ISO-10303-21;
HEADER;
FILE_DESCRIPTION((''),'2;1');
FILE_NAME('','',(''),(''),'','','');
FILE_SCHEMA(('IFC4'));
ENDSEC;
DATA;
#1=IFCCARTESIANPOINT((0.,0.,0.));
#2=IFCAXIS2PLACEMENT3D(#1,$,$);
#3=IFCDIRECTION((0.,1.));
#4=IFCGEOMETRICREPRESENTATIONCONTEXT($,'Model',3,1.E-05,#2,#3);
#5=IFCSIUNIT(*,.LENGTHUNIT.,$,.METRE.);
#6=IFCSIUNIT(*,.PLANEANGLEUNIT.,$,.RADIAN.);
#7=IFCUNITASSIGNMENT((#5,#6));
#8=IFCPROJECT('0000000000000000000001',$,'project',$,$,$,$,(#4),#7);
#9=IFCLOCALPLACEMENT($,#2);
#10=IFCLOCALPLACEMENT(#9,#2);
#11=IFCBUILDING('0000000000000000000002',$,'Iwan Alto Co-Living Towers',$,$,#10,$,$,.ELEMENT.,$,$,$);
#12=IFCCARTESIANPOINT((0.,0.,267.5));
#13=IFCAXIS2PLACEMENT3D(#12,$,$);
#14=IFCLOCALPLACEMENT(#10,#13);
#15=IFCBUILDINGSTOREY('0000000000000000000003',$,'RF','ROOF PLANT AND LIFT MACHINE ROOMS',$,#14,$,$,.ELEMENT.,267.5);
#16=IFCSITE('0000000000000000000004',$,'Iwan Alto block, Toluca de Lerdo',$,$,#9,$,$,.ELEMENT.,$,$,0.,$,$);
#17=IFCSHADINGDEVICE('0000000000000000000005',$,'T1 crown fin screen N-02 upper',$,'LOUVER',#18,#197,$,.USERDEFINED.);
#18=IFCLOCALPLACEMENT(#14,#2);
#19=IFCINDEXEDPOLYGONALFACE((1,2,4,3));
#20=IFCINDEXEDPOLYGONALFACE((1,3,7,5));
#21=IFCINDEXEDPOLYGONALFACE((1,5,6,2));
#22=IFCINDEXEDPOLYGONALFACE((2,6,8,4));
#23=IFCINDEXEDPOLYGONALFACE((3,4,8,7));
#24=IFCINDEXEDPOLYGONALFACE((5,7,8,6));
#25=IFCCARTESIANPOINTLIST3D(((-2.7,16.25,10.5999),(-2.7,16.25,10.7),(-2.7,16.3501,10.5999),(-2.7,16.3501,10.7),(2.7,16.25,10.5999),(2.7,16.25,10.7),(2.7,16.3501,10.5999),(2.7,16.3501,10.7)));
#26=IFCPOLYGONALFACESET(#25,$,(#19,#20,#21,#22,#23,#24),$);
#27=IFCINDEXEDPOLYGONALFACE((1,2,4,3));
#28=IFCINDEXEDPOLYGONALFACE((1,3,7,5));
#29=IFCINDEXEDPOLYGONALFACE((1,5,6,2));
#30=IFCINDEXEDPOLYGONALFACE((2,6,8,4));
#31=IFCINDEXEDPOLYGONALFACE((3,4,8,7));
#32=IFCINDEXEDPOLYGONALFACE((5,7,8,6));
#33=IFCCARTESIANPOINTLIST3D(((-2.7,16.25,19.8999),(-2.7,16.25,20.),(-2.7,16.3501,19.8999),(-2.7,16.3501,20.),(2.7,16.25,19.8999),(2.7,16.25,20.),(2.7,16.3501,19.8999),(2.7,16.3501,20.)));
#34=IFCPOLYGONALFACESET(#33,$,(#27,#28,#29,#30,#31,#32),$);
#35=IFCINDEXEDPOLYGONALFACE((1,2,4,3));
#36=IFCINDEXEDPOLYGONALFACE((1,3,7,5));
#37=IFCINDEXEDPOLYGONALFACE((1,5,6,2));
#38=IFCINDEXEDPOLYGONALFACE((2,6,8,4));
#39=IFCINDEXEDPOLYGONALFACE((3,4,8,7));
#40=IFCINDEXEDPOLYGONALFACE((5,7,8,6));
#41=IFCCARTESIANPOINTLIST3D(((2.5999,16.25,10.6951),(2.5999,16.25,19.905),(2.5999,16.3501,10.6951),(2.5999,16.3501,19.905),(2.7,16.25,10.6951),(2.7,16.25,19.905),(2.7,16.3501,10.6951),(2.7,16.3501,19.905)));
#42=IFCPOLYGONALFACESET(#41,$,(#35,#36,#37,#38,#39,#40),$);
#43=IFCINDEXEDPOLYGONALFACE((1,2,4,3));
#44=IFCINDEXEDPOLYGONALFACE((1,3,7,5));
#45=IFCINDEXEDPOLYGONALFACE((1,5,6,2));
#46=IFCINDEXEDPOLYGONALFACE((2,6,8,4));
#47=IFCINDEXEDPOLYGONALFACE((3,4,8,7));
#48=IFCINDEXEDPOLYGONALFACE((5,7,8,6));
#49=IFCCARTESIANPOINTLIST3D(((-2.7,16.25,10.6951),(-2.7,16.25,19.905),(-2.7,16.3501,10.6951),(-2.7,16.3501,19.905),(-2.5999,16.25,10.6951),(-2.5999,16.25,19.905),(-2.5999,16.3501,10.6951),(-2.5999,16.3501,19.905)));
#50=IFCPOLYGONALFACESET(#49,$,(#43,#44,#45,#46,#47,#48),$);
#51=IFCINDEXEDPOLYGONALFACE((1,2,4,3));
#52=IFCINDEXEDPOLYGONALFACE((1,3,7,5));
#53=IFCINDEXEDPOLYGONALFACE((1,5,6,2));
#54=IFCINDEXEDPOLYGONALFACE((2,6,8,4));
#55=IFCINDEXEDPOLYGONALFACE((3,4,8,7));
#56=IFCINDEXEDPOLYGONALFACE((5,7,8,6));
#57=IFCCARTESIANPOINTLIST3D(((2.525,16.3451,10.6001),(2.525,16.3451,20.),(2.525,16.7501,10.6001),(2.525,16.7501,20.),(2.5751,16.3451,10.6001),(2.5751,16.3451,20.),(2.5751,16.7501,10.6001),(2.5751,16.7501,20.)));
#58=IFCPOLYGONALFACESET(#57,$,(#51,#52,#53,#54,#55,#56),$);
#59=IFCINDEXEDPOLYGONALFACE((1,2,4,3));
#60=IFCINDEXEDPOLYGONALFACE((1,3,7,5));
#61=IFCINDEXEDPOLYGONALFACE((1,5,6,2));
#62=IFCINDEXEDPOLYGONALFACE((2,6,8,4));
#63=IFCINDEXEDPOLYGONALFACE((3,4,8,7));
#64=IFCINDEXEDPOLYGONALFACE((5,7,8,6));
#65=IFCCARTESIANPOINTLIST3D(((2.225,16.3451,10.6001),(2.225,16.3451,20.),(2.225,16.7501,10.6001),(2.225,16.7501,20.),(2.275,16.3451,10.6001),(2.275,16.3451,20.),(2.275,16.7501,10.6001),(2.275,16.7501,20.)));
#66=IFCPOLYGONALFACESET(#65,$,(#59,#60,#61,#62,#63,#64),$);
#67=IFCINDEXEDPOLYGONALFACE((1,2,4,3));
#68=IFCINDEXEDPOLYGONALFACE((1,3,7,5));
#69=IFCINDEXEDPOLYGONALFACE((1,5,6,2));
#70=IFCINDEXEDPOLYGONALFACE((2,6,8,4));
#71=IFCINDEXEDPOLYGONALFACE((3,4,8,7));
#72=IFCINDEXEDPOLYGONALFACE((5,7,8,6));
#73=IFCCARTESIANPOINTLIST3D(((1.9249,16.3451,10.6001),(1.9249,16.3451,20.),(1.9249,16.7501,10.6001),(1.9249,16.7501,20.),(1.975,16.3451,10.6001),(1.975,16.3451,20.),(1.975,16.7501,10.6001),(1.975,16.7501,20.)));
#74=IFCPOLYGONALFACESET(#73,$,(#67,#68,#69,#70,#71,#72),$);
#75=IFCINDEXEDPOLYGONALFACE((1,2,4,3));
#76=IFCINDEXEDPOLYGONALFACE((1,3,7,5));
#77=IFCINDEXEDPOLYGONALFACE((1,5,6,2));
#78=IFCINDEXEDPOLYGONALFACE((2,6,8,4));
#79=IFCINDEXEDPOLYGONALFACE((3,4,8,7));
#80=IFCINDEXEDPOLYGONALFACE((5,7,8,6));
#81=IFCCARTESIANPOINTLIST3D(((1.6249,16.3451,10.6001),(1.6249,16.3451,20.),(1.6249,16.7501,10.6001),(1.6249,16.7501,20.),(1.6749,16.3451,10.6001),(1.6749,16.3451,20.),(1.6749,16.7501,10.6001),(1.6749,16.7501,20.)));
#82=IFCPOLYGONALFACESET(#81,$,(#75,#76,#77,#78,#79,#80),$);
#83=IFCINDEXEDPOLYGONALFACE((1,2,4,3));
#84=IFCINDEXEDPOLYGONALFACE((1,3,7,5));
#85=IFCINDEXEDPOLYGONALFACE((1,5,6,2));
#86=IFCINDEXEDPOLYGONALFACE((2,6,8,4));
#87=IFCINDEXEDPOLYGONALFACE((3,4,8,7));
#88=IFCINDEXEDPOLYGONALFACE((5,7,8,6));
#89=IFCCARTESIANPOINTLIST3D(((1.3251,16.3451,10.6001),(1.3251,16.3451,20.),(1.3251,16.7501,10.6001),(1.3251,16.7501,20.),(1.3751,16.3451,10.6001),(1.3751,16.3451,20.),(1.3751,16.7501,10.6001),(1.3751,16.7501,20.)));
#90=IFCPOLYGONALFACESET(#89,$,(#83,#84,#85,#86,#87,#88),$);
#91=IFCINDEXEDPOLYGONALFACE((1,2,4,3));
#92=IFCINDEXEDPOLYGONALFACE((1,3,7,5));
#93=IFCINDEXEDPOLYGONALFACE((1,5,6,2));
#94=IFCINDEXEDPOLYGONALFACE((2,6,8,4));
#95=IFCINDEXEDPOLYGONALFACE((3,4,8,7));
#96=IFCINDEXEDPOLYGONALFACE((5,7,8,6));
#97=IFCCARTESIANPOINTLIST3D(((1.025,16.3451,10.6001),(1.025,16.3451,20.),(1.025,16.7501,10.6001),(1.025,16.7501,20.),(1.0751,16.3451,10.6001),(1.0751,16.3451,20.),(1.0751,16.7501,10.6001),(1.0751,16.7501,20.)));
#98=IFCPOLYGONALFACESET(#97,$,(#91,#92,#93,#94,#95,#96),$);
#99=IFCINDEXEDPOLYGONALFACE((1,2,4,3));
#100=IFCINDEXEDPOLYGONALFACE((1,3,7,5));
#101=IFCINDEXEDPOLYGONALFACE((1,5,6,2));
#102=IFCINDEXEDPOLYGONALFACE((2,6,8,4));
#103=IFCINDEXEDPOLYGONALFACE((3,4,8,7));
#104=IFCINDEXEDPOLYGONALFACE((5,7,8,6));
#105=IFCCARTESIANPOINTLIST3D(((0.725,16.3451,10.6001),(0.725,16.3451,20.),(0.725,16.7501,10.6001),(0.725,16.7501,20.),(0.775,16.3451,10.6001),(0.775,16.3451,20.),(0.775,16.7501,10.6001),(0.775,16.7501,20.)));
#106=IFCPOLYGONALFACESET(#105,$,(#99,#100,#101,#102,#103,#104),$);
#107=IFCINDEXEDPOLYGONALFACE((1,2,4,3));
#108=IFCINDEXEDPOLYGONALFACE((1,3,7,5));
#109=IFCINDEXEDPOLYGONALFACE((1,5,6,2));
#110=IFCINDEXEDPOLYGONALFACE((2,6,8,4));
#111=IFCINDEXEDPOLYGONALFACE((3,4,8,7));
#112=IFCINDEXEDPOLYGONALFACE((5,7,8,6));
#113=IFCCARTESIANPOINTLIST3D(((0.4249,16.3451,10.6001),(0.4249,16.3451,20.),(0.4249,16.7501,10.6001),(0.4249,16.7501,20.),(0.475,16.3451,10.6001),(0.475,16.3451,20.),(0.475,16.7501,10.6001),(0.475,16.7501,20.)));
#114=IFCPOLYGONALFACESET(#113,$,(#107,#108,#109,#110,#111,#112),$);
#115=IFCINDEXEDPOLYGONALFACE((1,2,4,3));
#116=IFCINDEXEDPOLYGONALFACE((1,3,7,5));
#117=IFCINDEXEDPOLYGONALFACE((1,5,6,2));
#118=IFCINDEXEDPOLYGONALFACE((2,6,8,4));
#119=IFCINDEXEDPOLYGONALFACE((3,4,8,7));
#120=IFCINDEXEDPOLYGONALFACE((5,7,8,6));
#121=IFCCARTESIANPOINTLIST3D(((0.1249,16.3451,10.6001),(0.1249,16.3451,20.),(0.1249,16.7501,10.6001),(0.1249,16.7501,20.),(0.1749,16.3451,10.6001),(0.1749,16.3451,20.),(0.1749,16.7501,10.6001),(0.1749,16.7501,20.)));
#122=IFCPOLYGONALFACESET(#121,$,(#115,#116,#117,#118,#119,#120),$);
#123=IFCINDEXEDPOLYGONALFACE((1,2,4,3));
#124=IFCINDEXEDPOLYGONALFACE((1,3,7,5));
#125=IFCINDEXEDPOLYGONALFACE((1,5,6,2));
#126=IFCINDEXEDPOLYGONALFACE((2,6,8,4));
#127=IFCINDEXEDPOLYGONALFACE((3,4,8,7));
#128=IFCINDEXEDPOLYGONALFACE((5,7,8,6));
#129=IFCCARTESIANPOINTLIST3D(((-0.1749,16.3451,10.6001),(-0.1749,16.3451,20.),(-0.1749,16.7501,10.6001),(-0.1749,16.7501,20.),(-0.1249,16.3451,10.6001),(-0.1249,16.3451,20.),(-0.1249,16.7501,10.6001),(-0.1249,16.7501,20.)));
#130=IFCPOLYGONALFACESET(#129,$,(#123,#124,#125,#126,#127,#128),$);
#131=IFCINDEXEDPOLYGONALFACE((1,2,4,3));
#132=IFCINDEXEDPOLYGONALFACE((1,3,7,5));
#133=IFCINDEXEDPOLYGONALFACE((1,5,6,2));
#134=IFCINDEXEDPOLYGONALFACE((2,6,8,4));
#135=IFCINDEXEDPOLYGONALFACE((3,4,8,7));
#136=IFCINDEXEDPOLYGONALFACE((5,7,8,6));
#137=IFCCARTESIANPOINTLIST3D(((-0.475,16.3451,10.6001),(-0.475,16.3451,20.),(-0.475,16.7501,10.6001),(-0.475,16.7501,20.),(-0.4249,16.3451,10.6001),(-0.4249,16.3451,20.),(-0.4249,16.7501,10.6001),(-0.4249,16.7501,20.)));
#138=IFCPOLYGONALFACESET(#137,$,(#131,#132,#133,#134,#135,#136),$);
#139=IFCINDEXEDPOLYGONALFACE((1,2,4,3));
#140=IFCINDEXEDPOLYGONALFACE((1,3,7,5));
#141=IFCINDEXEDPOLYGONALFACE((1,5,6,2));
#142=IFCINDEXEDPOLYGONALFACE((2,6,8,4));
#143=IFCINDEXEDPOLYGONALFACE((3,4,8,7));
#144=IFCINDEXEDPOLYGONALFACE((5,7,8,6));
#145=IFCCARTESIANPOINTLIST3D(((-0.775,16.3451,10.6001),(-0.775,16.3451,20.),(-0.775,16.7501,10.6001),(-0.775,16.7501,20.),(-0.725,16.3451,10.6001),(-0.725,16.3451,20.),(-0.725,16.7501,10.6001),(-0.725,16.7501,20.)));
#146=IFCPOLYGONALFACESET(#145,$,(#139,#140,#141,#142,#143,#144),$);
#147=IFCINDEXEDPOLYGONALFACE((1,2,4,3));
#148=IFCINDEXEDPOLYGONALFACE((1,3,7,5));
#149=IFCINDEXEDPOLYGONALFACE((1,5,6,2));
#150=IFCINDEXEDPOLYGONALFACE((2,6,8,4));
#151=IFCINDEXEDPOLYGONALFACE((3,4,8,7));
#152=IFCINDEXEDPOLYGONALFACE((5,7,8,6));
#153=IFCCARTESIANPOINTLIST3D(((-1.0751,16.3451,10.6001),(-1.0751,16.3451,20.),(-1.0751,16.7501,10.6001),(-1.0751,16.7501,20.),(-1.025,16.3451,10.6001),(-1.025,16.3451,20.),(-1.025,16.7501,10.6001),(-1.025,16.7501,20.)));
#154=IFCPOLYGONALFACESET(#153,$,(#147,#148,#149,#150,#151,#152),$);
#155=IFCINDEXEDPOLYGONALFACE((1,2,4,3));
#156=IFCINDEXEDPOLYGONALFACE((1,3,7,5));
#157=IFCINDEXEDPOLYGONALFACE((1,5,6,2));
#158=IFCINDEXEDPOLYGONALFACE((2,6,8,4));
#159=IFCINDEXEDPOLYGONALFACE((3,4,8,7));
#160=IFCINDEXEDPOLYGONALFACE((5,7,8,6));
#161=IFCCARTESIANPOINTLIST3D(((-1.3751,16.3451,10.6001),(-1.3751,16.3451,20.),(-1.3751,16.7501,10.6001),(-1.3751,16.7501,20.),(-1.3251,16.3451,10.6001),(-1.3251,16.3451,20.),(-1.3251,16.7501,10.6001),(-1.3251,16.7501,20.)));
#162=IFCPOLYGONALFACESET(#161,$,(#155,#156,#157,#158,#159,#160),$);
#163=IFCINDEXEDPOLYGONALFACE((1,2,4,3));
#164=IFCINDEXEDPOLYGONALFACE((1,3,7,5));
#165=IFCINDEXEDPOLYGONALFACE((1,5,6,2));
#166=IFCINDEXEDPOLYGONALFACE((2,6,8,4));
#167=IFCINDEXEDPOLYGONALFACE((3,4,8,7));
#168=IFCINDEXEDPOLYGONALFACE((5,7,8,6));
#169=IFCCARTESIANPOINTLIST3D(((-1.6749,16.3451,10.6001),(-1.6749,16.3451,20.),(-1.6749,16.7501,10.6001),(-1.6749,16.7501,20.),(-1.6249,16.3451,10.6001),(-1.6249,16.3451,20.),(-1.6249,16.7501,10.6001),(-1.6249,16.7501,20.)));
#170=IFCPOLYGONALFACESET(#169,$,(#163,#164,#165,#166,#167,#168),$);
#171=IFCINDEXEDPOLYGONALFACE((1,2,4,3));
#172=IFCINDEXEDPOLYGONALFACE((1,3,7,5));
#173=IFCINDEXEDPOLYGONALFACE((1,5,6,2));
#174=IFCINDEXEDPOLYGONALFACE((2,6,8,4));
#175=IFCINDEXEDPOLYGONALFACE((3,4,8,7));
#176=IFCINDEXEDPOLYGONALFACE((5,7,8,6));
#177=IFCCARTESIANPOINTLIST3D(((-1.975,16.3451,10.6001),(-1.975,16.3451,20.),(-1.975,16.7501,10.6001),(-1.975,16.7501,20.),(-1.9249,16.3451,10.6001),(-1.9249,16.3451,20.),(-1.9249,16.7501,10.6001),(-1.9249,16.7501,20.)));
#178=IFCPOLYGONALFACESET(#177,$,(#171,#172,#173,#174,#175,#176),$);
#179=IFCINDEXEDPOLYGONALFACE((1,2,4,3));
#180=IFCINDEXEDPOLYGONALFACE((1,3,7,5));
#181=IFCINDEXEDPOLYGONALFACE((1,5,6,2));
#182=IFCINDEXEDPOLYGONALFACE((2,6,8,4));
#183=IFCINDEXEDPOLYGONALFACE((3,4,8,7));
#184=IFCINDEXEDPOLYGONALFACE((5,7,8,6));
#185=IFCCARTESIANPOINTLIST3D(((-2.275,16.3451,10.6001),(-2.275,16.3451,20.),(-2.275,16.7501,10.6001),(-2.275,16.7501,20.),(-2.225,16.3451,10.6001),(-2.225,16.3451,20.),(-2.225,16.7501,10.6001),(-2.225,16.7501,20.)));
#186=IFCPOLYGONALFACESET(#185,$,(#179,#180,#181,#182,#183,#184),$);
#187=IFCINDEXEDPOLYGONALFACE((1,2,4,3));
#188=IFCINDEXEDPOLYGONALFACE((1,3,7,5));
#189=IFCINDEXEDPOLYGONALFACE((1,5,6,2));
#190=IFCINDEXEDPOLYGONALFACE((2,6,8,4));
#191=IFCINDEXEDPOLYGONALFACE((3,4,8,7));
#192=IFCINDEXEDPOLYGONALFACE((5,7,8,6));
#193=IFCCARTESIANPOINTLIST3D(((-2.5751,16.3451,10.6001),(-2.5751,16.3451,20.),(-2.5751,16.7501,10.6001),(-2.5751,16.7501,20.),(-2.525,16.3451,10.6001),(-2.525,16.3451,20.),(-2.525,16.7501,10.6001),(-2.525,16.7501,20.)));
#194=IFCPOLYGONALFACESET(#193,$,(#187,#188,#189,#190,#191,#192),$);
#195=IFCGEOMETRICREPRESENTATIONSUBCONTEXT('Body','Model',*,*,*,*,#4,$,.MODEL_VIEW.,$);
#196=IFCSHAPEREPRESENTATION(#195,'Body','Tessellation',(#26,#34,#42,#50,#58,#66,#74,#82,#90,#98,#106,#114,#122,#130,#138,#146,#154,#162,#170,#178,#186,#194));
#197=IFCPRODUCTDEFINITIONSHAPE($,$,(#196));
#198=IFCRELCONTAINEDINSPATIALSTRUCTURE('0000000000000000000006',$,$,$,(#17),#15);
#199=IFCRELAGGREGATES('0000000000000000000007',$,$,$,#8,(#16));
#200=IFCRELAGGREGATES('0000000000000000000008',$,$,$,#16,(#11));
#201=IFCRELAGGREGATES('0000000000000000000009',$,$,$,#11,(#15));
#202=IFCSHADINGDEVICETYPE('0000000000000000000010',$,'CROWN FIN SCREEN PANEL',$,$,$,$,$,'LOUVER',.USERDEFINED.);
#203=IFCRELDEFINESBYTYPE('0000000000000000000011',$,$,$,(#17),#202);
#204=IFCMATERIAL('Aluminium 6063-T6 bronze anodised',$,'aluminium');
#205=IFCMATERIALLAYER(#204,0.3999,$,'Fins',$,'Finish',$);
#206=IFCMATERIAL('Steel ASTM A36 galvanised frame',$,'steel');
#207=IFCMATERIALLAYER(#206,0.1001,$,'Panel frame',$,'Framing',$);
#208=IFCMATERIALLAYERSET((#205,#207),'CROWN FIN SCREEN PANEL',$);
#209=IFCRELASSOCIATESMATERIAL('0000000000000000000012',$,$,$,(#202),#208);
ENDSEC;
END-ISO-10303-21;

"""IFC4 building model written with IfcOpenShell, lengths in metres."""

from ifc_helpers import new_model, si_unit, direction, frame, origin, origin_2d, place, context, subcontext, project, spatial, rectangle, extrude, material, layer, layer_set, type_object, element, save


model = new_model("IFC4")

# Units and contexts
model_context = context("Model", 3, precision=1e-05, world=origin(), true_north=direction((0.0, 1.0)))
body_context = subcontext(model_context, "Body", "Model", "MODEL_VIEW")
ifc_project = project(units=[si_unit("LENGTHUNIT", "METRE"), si_unit("PLANEANGLEUNIT", "RADIAN")], contexts=[model_context])

# Site, building, storey
site_placement = place(None, origin())
site = spatial("IfcSite", under=ifc_project, at=site_placement, Name="Iwan Alto block, Toluca de Lerdo", CompositionType="ELEMENT", RefElevation=0.0)
building_placement = place(site_placement, origin())
building = spatial("IfcBuilding", under=site, at=building_placement, Name="Iwan Alto Co-Living Towers", CompositionType="ELEMENT")
storey_placement = place(building_placement, frame((0.0, 0.0, 267.5)))
storey = spatial("IfcBuildingStorey", under=building, at=storey_placement, Name="RF", Description="ROOF PLANT AND LIFT MACHINE ROOMS", CompositionType="ELEMENT", Elevation=267.5)

# Shading device
ifc_material_1 = material(Name="Aluminium 6063-T6 bronze anodised", Category="aluminium")
ifc_layer_1 = layer(ifc_material_1, 0.3999, Name="Fins", Category="Finish")
ifc_material_2 = material(Name="Steel ASTM A36 galvanised frame", Category="steel")
ifc_layer_2 = layer(ifc_material_2, 0.1001, Name="Panel frame", Category="Framing")
ifc_layer_set = layer_set([ifc_layer_1, ifc_layer_2], Name="CROWN FIN SCREEN PANEL")
shading_device_type = type_object("IfcShadingDeviceType", Name="CROWN FIN SCREEN PANEL", ElementType="LOUVER", PredefinedType="USERDEFINED", material=ifc_layer_set)
shading_device_1_placement = place(storey_placement, frame((0.0, 0.0, -267.5)))
element("IfcShadingDevice", 1, at=shading_device_1_placement, inside=storey, type_object=shading_device_type, Name="T1 crown fin screen N-02 upper", ObjectType="LOUVER", PredefinedType="USERDEFINED", context=body_context, shape_type="SweptSolid", body=[
    extrude(rectangle(XDim=5.3999, YDim=0.1001, at=origin_2d()), frame((0.0, 16.3, 278.0999), z_axis=(0.0, 0.0, 1.0), x_axis=(-1.0, 0.0, 0.0)), (0.0, 0.0, 1.0), 0.1001),
    extrude(rectangle(XDim=5.3999, YDim=0.1001, at=origin_2d()), frame((0.0, 16.3, 287.3999), z_axis=(0.0, 0.0, 1.0), x_axis=(-1.0, 0.0, 0.0)), (0.0, 0.0, 1.0), 0.1001),
    extrude(rectangle(XDim=0.1001, YDim=0.1001, at=origin_2d()), frame((2.6499, 16.3, 278.1951), z_axis=(0.0, 0.0, 1.0), x_axis=(-1.0, 0.0, 0.0)), (0.0, 0.0, 1.0), 9.21),
    extrude(rectangle(XDim=0.1001, YDim=0.1001, at=origin_2d()), frame((-2.6499, 16.3, 278.1951), z_axis=(0.0, 0.0, 1.0), x_axis=(-1.0, 0.0, 0.0)), (0.0, 0.0, 1.0), 9.21),
    extrude(rectangle(XDim=0.05, YDim=0.405, at=origin_2d()), frame((2.55, 16.5476, 278.1001), z_axis=(0.0, 0.0, 1.0), x_axis=(-1.0, 0.0, 0.0)), (0.0, 0.0, 1.0), 9.3999),
    extrude(rectangle(XDim=0.05, YDim=0.405, at=origin_2d()), frame((2.25, 16.5476, 278.1001), z_axis=(0.0, 0.0, 1.0), x_axis=(-1.0, 0.0, 0.0)), (0.0, 0.0, 1.0), 9.3999),
    extrude(rectangle(XDim=0.05, YDim=0.405, at=origin_2d()), frame((1.95, 16.5476, 278.1001), z_axis=(0.0, 0.0, 1.0), x_axis=(-1.0, 0.0, 0.0)), (0.0, 0.0, 1.0), 9.3999),
    extrude(rectangle(XDim=0.05, YDim=0.405, at=origin_2d()), frame((1.6499, 16.5476, 278.1001), z_axis=(0.0, 0.0, 1.0), x_axis=(-1.0, 0.0, 0.0)), (0.0, 0.0, 1.0), 9.3999),
    extrude(rectangle(XDim=0.05, YDim=0.405, at=origin_2d()), frame((1.3501, 16.5476, 278.1001), z_axis=(0.0, 0.0, 1.0), x_axis=(-1.0, 0.0, 0.0)), (0.0, 0.0, 1.0), 9.3999),
    extrude(rectangle(XDim=0.05, YDim=0.405, at=origin_2d()), frame((1.05, 16.5476, 278.1001), z_axis=(0.0, 0.0, 1.0), x_axis=(-1.0, 0.0, 0.0)), (0.0, 0.0, 1.0), 9.3999),
    extrude(rectangle(XDim=0.05, YDim=0.405, at=origin_2d()), frame((0.75, 16.5476, 278.1001), z_axis=(0.0, 0.0, 1.0), x_axis=(-1.0, 0.0, 0.0)), (0.0, 0.0, 1.0), 9.3999),
    extrude(rectangle(XDim=0.05, YDim=0.405, at=origin_2d()), frame((0.45, 16.5476, 278.1001), z_axis=(0.0, 0.0, 1.0), x_axis=(-1.0, 0.0, 0.0)), (0.0, 0.0, 1.0), 9.3999),
    extrude(rectangle(XDim=0.05, YDim=0.405, at=origin_2d()), frame((0.1499, 16.5476, 278.1001), z_axis=(0.0, 0.0, 1.0), x_axis=(-1.0, 0.0, 0.0)), (0.0, 0.0, 1.0), 9.3999),
    extrude(rectangle(XDim=0.05, YDim=0.405, at=origin_2d()), frame((-0.1499, 16.5476, 278.1001), z_axis=(0.0, 0.0, 1.0), x_axis=(-1.0, 0.0, 0.0)), (0.0, 0.0, 1.0), 9.3999),
    extrude(rectangle(XDim=0.05, YDim=0.405, at=origin_2d()), frame((-0.45, 16.5476, 278.1001), z_axis=(0.0, 0.0, 1.0), x_axis=(-1.0, 0.0, 0.0)), (0.0, 0.0, 1.0), 9.3999),
    extrude(rectangle(XDim=0.05, YDim=0.405, at=origin_2d()), frame((-0.75, 16.5476, 278.1001), z_axis=(0.0, 0.0, 1.0), x_axis=(-1.0, 0.0, 0.0)), (0.0, 0.0, 1.0), 9.3999),
    extrude(rectangle(XDim=0.05, YDim=0.405, at=origin_2d()), frame((-1.05, 16.5476, 278.1001), z_axis=(0.0, 0.0, 1.0), x_axis=(-1.0, 0.0, 0.0)), (0.0, 0.0, 1.0), 9.3999),
    extrude(rectangle(XDim=0.05, YDim=0.405, at=origin_2d()), frame((-1.3501, 16.5476, 278.1001), z_axis=(0.0, 0.0, 1.0), x_axis=(-1.0, 0.0, 0.0)), (0.0, 0.0, 1.0), 9.3999),
    extrude(rectangle(XDim=0.05, YDim=0.405, at=origin_2d()), frame((-1.6499, 16.5476, 278.1001), z_axis=(0.0, 0.0, 1.0), x_axis=(-1.0, 0.0, 0.0)), (0.0, 0.0, 1.0), 9.3999),
    extrude(rectangle(XDim=0.05, YDim=0.405, at=origin_2d()), frame((-1.95, 16.5476, 278.1001), z_axis=(0.0, 0.0, 1.0), x_axis=(-1.0, 0.0, 0.0)), (0.0, 0.0, 1.0), 9.3999),
    extrude(rectangle(XDim=0.05, YDim=0.405, at=origin_2d()), frame((-2.25, 16.5476, 278.1001), z_axis=(0.0, 0.0, 1.0), x_axis=(-1.0, 0.0, 0.0)), (0.0, 0.0, 1.0), 9.3999),
    extrude(rectangle(XDim=0.05, YDim=0.405, at=origin_2d()), frame((-2.55, 16.5476, 278.1001), z_axis=(0.0, 0.0, 1.0), x_axis=(-1.0, 0.0, 0.0)), (0.0, 0.0, 1.0), 9.3999),
])

save(model, "model.ifc")
